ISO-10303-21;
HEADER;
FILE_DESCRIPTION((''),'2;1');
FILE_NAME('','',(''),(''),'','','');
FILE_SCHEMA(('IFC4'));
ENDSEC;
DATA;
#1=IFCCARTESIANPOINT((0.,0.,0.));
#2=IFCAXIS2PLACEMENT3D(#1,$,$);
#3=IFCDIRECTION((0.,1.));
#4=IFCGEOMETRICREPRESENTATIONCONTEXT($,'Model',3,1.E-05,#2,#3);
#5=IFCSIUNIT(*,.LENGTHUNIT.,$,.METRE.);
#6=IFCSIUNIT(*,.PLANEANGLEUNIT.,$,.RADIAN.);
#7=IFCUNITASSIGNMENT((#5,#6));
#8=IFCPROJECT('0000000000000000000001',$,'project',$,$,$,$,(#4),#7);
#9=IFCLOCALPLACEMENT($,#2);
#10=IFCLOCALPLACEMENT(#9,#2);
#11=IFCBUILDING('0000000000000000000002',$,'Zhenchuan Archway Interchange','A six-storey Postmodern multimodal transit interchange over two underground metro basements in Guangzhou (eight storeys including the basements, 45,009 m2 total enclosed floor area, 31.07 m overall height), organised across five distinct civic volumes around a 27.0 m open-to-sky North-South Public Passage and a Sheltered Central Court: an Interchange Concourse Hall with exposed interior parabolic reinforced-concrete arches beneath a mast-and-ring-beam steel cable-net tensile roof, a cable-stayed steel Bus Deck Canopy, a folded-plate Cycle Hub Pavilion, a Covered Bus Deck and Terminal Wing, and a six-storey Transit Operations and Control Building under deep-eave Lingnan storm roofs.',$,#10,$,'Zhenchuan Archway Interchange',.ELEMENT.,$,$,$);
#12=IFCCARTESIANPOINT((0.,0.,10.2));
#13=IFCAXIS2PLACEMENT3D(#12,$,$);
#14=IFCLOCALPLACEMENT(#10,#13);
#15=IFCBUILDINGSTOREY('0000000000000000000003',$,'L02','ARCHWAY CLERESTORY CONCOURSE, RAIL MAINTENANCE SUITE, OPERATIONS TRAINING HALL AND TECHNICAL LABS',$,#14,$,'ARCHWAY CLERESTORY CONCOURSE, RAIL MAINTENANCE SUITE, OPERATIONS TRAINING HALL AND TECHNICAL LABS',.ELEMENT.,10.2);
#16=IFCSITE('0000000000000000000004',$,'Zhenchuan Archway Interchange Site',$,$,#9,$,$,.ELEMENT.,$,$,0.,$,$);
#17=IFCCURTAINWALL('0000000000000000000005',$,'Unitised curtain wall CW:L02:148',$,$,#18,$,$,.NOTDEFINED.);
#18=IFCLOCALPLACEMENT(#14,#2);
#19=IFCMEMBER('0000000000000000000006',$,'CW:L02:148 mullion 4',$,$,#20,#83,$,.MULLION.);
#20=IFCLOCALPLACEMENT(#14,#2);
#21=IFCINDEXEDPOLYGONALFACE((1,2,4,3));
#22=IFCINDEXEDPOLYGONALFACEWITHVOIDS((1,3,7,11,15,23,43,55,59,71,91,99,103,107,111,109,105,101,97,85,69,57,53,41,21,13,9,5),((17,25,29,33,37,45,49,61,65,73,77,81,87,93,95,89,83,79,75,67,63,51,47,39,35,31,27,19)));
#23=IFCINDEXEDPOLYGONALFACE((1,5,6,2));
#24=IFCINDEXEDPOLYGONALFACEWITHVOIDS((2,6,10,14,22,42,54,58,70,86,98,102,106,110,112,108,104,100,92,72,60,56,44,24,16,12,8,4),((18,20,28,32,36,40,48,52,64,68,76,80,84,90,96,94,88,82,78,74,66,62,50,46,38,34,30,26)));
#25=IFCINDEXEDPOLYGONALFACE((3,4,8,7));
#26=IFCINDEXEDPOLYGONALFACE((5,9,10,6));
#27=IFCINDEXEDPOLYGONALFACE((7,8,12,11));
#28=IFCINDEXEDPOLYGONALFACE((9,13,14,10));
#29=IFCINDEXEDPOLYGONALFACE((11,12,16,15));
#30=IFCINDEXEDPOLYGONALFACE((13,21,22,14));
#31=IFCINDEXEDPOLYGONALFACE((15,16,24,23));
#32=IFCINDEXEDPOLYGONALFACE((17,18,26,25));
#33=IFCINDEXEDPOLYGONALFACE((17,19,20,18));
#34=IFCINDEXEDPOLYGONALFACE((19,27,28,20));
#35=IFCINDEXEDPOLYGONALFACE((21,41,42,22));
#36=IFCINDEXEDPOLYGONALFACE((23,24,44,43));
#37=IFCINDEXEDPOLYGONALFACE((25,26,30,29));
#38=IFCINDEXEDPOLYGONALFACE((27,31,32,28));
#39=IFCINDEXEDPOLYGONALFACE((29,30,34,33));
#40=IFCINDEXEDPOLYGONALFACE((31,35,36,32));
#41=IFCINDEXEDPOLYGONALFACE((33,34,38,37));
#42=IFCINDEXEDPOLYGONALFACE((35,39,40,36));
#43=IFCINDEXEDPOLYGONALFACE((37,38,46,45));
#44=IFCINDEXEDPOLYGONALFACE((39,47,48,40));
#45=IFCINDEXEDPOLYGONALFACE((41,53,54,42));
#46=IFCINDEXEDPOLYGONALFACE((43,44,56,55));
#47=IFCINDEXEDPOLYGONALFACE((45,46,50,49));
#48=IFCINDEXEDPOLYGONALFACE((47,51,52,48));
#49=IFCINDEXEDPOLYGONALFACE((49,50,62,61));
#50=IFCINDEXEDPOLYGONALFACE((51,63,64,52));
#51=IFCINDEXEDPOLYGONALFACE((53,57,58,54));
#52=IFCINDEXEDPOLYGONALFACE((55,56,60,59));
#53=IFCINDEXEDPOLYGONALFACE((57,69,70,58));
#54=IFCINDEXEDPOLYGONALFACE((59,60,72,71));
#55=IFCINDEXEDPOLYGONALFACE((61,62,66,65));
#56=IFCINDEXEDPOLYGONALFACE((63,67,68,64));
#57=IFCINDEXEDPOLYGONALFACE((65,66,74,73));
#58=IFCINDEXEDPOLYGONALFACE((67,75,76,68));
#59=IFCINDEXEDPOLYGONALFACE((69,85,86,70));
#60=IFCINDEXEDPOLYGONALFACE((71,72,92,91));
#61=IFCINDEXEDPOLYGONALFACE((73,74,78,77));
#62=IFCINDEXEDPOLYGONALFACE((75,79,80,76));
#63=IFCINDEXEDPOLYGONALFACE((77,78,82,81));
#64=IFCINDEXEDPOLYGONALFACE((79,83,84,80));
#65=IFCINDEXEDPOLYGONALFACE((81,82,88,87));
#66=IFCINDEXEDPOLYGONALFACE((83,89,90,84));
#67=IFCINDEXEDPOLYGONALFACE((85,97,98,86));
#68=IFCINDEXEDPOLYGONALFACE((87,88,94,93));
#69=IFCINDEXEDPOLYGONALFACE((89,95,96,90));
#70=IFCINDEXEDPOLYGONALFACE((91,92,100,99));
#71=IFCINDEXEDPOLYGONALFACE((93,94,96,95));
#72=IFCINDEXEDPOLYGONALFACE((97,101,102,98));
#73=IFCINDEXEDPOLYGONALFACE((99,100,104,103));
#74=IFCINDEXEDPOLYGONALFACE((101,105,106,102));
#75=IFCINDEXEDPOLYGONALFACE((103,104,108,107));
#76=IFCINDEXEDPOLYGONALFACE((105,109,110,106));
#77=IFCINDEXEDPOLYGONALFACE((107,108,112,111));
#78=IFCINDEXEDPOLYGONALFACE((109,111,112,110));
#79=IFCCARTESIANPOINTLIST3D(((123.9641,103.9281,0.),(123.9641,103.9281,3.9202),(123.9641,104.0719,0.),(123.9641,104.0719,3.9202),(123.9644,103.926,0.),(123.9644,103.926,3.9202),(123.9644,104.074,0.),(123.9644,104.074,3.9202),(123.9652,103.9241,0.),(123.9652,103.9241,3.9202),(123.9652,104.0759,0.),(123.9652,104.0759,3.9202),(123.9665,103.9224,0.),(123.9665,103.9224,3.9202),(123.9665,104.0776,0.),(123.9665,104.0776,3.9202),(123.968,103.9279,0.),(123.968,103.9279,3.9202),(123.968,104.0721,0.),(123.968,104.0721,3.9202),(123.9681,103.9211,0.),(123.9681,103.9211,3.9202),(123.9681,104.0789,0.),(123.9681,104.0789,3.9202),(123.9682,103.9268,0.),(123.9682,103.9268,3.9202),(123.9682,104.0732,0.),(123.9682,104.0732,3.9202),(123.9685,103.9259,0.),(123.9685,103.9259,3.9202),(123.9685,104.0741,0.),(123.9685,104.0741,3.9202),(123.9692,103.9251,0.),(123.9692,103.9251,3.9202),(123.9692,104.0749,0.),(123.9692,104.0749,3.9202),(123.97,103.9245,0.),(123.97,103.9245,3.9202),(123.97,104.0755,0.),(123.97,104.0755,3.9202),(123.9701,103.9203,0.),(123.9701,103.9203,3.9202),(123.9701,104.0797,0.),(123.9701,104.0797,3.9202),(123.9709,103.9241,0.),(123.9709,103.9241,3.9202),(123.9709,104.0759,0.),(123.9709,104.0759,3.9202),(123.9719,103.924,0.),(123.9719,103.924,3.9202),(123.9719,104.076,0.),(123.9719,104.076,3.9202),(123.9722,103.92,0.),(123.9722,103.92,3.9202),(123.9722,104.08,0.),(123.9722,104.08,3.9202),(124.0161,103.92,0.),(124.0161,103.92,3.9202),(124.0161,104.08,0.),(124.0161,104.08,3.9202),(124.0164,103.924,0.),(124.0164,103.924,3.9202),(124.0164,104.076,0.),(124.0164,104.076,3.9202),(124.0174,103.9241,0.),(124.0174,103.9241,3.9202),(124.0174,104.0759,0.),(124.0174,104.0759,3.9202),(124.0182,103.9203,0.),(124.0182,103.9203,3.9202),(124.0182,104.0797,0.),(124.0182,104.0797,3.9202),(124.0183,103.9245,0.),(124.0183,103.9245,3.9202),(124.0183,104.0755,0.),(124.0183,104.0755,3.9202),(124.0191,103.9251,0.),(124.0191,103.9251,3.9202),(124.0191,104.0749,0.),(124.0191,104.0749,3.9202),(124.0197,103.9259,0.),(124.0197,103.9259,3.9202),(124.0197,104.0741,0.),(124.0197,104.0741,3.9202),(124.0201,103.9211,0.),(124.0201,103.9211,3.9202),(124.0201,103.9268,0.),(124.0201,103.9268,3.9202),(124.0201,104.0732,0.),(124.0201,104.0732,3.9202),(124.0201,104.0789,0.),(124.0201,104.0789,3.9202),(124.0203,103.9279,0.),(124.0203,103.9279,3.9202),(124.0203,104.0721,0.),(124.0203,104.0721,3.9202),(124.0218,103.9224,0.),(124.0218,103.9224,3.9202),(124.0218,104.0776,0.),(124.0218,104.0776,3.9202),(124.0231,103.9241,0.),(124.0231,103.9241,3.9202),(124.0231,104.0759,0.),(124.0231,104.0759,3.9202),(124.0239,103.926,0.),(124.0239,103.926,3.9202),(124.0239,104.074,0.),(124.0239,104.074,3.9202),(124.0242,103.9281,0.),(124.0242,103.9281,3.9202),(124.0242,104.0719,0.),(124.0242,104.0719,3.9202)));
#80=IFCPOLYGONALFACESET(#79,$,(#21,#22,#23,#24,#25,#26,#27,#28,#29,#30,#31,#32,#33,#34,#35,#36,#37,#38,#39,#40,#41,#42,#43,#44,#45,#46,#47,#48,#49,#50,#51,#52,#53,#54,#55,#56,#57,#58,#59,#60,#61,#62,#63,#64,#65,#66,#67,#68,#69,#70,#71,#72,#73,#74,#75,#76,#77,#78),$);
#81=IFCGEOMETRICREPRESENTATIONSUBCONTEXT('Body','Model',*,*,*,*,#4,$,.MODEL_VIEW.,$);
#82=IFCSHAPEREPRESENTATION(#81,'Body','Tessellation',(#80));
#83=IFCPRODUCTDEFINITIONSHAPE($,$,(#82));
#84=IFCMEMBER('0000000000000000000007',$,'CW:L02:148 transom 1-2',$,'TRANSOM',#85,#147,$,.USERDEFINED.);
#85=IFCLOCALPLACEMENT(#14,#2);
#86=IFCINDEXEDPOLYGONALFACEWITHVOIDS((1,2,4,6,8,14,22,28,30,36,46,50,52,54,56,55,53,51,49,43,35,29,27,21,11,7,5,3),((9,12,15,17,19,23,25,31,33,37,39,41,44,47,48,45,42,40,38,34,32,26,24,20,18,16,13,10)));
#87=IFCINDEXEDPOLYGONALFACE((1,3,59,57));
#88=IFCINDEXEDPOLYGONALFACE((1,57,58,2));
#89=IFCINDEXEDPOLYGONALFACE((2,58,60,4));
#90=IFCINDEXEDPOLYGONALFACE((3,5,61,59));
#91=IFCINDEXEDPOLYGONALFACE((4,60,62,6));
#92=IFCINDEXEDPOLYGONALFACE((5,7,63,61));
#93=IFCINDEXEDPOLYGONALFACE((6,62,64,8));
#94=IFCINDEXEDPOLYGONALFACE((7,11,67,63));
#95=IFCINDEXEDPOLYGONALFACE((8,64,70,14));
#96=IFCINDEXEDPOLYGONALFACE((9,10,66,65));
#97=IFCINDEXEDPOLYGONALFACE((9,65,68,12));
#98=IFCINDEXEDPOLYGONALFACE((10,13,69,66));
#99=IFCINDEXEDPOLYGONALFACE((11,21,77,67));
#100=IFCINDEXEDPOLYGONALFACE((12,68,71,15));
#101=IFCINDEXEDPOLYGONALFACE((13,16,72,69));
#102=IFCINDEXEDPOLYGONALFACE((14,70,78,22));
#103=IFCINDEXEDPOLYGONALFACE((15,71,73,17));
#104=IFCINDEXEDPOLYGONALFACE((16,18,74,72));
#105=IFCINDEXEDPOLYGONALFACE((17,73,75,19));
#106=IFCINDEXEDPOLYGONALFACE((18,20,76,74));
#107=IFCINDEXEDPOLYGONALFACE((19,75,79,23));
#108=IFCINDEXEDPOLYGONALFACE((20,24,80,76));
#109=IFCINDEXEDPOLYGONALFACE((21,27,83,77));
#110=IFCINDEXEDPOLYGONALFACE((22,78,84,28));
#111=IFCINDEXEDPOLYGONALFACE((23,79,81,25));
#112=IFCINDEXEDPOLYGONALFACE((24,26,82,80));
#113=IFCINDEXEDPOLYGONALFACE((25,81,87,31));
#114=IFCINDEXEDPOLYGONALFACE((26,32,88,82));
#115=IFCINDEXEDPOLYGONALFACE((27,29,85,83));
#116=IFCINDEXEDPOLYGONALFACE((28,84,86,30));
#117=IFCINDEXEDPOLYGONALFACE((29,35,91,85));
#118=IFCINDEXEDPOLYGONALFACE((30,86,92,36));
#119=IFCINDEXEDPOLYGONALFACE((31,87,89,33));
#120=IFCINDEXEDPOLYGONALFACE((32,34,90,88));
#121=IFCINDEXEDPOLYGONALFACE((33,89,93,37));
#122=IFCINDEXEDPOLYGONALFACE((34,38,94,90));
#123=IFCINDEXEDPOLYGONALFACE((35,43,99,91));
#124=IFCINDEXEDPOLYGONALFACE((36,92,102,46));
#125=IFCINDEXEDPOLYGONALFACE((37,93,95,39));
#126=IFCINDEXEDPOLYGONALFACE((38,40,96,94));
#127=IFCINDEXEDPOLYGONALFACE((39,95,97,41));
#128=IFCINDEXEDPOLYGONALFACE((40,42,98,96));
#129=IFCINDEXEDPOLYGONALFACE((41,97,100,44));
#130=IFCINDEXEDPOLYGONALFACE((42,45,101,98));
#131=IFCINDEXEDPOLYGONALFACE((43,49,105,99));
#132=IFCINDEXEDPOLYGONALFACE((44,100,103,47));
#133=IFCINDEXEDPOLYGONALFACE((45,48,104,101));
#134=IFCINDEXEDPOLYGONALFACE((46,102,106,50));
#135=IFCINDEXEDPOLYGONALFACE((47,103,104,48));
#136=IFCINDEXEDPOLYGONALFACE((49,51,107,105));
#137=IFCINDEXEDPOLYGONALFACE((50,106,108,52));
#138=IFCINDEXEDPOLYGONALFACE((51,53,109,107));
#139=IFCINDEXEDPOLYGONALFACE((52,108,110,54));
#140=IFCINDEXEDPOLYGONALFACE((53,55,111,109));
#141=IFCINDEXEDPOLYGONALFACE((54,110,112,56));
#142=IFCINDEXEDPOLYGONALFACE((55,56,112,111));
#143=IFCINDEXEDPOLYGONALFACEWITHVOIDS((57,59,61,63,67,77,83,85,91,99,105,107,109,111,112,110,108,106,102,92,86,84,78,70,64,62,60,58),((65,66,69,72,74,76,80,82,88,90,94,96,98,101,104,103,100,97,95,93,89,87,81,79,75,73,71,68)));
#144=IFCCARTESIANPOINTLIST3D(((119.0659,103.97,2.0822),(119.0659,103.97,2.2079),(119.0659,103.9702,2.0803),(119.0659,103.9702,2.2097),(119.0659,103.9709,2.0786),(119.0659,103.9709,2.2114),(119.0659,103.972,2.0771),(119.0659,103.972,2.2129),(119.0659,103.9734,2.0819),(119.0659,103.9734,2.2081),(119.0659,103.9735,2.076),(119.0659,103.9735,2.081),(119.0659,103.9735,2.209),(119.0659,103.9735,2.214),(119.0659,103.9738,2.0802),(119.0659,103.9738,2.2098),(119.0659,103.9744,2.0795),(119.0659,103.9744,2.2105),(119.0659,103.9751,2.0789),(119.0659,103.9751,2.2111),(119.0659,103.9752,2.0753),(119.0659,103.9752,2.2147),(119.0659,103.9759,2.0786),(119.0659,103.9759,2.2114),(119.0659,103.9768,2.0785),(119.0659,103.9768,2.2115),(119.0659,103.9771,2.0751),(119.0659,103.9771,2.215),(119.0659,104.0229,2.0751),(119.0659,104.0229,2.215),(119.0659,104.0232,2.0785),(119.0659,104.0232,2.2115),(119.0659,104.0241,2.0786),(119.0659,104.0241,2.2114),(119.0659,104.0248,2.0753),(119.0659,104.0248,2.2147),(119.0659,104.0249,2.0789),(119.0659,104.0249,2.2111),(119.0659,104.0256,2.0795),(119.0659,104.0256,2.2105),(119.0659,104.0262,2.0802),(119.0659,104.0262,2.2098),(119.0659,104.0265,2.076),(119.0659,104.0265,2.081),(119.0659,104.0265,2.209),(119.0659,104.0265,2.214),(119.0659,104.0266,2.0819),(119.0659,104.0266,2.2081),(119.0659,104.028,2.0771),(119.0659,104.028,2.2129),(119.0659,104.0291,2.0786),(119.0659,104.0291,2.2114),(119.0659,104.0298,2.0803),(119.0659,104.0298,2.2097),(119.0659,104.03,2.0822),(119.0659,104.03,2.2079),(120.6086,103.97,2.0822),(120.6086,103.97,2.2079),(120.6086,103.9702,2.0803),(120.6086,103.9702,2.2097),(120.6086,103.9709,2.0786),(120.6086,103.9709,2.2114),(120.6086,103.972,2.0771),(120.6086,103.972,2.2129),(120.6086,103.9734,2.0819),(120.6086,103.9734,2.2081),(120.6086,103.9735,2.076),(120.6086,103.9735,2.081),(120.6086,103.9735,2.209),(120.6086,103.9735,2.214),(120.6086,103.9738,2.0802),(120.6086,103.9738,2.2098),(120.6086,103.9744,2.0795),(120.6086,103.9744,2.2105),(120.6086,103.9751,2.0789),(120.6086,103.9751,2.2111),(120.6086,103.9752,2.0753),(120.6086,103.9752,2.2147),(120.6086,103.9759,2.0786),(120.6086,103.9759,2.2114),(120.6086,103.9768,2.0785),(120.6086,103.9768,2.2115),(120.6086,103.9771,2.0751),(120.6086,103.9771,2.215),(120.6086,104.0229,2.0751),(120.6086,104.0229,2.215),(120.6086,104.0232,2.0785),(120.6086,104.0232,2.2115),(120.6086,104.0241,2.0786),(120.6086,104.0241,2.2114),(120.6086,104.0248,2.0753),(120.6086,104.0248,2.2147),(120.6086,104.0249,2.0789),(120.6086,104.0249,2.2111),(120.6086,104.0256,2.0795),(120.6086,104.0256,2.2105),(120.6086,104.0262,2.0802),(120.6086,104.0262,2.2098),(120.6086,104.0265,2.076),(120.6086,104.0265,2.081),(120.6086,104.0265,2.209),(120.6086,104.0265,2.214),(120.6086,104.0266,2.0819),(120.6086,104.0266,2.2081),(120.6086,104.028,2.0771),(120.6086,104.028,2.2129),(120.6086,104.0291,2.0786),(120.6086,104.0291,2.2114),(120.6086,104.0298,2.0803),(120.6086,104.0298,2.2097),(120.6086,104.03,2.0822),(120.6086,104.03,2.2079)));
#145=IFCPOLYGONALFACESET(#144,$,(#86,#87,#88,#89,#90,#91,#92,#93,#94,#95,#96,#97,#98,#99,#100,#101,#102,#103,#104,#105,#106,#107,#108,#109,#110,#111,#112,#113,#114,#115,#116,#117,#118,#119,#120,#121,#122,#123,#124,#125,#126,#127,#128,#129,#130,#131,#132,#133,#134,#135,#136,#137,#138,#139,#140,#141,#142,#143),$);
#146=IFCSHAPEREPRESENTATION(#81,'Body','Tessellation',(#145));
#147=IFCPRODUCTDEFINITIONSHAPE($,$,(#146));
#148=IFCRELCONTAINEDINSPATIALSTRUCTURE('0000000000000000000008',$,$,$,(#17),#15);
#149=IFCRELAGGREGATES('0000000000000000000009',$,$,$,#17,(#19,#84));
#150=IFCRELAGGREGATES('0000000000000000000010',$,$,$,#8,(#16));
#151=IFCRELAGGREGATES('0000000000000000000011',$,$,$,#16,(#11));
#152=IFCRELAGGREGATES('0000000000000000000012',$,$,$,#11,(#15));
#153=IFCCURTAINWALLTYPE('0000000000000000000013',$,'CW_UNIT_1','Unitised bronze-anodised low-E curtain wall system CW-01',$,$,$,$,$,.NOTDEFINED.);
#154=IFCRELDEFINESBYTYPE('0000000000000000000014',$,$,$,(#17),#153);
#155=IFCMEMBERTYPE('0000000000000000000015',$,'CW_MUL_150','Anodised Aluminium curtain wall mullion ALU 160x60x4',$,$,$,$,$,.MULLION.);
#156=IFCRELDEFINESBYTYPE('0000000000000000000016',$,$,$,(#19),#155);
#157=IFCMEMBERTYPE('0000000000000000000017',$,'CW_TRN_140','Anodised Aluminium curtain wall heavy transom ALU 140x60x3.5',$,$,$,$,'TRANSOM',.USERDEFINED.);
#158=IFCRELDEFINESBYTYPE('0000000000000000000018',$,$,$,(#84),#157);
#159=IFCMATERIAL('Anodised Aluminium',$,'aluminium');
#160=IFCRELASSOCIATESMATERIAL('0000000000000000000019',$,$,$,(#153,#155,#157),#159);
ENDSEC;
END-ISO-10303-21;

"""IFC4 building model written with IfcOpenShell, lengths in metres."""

from ifc_helpers import new_model, si_unit, direction, frame, origin, origin_2d, place, context, subcontext, project, spatial, hollow_rectangle, extrude, material, material_profile, profile_set, type_object, element, aggregate, save


model = new_model("IFC4")

# Units and contexts
model_context = context("Model", 3, precision=1e-05, world=origin(), true_north=direction((0.0, 1.0)))
body_context = subcontext(model_context, "Body", "Model", "MODEL_VIEW")
ifc_project = project(units=[si_unit("LENGTHUNIT", "METRE"), si_unit("PLANEANGLEUNIT", "RADIAN")], contexts=[model_context])

# Site, building, storey
site_placement = place(None, origin())
site = spatial("IfcSite", under=ifc_project, at=site_placement, Name="Zhenchuan Archway Interchange Site", CompositionType="ELEMENT", RefElevation=0.0)
building_placement = place(site_placement, origin())
building = spatial("IfcBuilding", under=site, at=building_placement, Name="Zhenchuan Archway Interchange", Description="A six-storey Postmodern multimodal transit interchange over two underground metro basements in Guangzhou (eight storeys including the basements, 45,009 m2 total enclosed floor area, 31.07 m overall height), organised across five distinct civic volumes around a 27.0 m open-to-sky North-South Public Passage and a Sheltered Central Court: an Interchange Concourse Hall with exposed interior parabolic reinforced-concrete arches beneath a mast-and-ring-beam steel cable-net tensile roof, a cable-stayed steel Bus Deck Canopy, a folded-plate Cycle Hub Pavilion, a Covered Bus Deck and Terminal Wing, and a six-storey Transit Operations and Control Building under deep-eave Lingnan storm roofs.", LongName="Zhenchuan Archway Interchange", CompositionType="ELEMENT")
storey_placement = place(building_placement, frame((0.0, 0.0, 10.2)))
storey = spatial("IfcBuildingStorey", under=building, at=storey_placement, Name="L02", Description="ARCHWAY CLERESTORY CONCOURSE, RAIL MAINTENANCE SUITE, OPERATIONS TRAINING HALL AND TECHNICAL LABS", LongName="ARCHWAY CLERESTORY CONCOURSE, RAIL MAINTENANCE SUITE, OPERATIONS TRAINING HALL AND TECHNICAL LABS", CompositionType="ELEMENT", Elevation=10.2)

# Curtain wall, members
ifc_material_1 = material(Name="Anodised Aluminium", Category="aluminium")
curtain_wall_type = type_object("IfcCurtainWallType", Name="CW_UNIT_1", Description="Unitised bronze-anodised low-E curtain wall system CW-01", PredefinedType="NOTDEFINED", material=ifc_material_1)
curtain_wall_placement = place(storey_placement, origin())
curtain_wall = element("IfcCurtainWall", 1, at=curtain_wall_placement, inside=storey, type_object=curtain_wall_type, Name="Unitised curtain wall CW:L02:148", PredefinedType="NOTDEFINED")
ifc_material_profile_1 = material_profile(ifc_material_1, hollow_rectangle(XDim=0.0601, YDim=0.1599, WallThickness=0.0039, InnerFilletRadius=0.0039, OuterFilletRadius=0.0081, at=origin_2d()), Name="ALU 160x60x4")
ifc_profile_set_1 = profile_set([ifc_material_profile_1], Name="Anodised Aluminium")
member_type_1 = type_object("IfcMemberType", Name="CW_MUL_150", Description="Anodised Aluminium curtain wall mullion ALU 160x60x4", PredefinedType="MULLION", material=ifc_profile_set_1)
member_1_placement = place(storey_placement, frame((123.9941, 104.0, 0.0), z_axis=(0.0, 0.0, 1.0), x_axis=(1.0, 0.0, 0.0)))
member_1 = element("IfcMember", 2, at=member_1_placement, type_object=member_type_1, Name="CW:L02:148 mullion 4", PredefinedType="MULLION", context=body_context, shape_type="SweptSolid", body=[
    extrude(hollow_rectangle(XDim=0.0601, YDim=0.1599, WallThickness=0.0039, InnerFilletRadius=0.0039, OuterFilletRadius=0.0081, at=origin_2d()), origin(), (0.0, 0.0, 1.0), 3.9202),
])
ifc_material_profile_2 = material_profile(ifc_material_1, hollow_rectangle(XDim=0.0601, YDim=0.1399, WallThickness=0.0034, InnerFilletRadius=0.0034, OuterFilletRadius=0.0071, at=origin_2d()), Name="ALU 140x60x3.5")
ifc_profile_set_2 = profile_set([ifc_material_profile_2], Name="Anodised Aluminium")
member_type_2 = type_object("IfcMemberType", Name="CW_TRN_140", Description="Anodised Aluminium curtain wall heavy transom ALU 140x60x3.5", ElementType="TRANSOM", PredefinedType="USERDEFINED", material=ifc_profile_set_2)
member_2_placement = place(storey_placement, frame((119.0659, 104.0, 2.145), z_axis=(1.0, 0.0, 0.0), x_axis=(0.0, 1.0, 0.0)))
member_2 = element("IfcMember", 3, at=member_2_placement, type_object=member_type_2, Name="CW:L02:148 transom 1-2", ObjectType="TRANSOM", PredefinedType="USERDEFINED", context=body_context, shape_type="SweptSolid", body=[
    extrude(hollow_rectangle(XDim=0.0601, YDim=0.1399, WallThickness=0.0034, InnerFilletRadius=0.0034, OuterFilletRadius=0.0071, at=origin_2d()), origin(), (0.0, 0.0, 1.0), 1.5427),
])
aggregate(curtain_wall, [member_1, member_2])

save(model, "model.ifc")
